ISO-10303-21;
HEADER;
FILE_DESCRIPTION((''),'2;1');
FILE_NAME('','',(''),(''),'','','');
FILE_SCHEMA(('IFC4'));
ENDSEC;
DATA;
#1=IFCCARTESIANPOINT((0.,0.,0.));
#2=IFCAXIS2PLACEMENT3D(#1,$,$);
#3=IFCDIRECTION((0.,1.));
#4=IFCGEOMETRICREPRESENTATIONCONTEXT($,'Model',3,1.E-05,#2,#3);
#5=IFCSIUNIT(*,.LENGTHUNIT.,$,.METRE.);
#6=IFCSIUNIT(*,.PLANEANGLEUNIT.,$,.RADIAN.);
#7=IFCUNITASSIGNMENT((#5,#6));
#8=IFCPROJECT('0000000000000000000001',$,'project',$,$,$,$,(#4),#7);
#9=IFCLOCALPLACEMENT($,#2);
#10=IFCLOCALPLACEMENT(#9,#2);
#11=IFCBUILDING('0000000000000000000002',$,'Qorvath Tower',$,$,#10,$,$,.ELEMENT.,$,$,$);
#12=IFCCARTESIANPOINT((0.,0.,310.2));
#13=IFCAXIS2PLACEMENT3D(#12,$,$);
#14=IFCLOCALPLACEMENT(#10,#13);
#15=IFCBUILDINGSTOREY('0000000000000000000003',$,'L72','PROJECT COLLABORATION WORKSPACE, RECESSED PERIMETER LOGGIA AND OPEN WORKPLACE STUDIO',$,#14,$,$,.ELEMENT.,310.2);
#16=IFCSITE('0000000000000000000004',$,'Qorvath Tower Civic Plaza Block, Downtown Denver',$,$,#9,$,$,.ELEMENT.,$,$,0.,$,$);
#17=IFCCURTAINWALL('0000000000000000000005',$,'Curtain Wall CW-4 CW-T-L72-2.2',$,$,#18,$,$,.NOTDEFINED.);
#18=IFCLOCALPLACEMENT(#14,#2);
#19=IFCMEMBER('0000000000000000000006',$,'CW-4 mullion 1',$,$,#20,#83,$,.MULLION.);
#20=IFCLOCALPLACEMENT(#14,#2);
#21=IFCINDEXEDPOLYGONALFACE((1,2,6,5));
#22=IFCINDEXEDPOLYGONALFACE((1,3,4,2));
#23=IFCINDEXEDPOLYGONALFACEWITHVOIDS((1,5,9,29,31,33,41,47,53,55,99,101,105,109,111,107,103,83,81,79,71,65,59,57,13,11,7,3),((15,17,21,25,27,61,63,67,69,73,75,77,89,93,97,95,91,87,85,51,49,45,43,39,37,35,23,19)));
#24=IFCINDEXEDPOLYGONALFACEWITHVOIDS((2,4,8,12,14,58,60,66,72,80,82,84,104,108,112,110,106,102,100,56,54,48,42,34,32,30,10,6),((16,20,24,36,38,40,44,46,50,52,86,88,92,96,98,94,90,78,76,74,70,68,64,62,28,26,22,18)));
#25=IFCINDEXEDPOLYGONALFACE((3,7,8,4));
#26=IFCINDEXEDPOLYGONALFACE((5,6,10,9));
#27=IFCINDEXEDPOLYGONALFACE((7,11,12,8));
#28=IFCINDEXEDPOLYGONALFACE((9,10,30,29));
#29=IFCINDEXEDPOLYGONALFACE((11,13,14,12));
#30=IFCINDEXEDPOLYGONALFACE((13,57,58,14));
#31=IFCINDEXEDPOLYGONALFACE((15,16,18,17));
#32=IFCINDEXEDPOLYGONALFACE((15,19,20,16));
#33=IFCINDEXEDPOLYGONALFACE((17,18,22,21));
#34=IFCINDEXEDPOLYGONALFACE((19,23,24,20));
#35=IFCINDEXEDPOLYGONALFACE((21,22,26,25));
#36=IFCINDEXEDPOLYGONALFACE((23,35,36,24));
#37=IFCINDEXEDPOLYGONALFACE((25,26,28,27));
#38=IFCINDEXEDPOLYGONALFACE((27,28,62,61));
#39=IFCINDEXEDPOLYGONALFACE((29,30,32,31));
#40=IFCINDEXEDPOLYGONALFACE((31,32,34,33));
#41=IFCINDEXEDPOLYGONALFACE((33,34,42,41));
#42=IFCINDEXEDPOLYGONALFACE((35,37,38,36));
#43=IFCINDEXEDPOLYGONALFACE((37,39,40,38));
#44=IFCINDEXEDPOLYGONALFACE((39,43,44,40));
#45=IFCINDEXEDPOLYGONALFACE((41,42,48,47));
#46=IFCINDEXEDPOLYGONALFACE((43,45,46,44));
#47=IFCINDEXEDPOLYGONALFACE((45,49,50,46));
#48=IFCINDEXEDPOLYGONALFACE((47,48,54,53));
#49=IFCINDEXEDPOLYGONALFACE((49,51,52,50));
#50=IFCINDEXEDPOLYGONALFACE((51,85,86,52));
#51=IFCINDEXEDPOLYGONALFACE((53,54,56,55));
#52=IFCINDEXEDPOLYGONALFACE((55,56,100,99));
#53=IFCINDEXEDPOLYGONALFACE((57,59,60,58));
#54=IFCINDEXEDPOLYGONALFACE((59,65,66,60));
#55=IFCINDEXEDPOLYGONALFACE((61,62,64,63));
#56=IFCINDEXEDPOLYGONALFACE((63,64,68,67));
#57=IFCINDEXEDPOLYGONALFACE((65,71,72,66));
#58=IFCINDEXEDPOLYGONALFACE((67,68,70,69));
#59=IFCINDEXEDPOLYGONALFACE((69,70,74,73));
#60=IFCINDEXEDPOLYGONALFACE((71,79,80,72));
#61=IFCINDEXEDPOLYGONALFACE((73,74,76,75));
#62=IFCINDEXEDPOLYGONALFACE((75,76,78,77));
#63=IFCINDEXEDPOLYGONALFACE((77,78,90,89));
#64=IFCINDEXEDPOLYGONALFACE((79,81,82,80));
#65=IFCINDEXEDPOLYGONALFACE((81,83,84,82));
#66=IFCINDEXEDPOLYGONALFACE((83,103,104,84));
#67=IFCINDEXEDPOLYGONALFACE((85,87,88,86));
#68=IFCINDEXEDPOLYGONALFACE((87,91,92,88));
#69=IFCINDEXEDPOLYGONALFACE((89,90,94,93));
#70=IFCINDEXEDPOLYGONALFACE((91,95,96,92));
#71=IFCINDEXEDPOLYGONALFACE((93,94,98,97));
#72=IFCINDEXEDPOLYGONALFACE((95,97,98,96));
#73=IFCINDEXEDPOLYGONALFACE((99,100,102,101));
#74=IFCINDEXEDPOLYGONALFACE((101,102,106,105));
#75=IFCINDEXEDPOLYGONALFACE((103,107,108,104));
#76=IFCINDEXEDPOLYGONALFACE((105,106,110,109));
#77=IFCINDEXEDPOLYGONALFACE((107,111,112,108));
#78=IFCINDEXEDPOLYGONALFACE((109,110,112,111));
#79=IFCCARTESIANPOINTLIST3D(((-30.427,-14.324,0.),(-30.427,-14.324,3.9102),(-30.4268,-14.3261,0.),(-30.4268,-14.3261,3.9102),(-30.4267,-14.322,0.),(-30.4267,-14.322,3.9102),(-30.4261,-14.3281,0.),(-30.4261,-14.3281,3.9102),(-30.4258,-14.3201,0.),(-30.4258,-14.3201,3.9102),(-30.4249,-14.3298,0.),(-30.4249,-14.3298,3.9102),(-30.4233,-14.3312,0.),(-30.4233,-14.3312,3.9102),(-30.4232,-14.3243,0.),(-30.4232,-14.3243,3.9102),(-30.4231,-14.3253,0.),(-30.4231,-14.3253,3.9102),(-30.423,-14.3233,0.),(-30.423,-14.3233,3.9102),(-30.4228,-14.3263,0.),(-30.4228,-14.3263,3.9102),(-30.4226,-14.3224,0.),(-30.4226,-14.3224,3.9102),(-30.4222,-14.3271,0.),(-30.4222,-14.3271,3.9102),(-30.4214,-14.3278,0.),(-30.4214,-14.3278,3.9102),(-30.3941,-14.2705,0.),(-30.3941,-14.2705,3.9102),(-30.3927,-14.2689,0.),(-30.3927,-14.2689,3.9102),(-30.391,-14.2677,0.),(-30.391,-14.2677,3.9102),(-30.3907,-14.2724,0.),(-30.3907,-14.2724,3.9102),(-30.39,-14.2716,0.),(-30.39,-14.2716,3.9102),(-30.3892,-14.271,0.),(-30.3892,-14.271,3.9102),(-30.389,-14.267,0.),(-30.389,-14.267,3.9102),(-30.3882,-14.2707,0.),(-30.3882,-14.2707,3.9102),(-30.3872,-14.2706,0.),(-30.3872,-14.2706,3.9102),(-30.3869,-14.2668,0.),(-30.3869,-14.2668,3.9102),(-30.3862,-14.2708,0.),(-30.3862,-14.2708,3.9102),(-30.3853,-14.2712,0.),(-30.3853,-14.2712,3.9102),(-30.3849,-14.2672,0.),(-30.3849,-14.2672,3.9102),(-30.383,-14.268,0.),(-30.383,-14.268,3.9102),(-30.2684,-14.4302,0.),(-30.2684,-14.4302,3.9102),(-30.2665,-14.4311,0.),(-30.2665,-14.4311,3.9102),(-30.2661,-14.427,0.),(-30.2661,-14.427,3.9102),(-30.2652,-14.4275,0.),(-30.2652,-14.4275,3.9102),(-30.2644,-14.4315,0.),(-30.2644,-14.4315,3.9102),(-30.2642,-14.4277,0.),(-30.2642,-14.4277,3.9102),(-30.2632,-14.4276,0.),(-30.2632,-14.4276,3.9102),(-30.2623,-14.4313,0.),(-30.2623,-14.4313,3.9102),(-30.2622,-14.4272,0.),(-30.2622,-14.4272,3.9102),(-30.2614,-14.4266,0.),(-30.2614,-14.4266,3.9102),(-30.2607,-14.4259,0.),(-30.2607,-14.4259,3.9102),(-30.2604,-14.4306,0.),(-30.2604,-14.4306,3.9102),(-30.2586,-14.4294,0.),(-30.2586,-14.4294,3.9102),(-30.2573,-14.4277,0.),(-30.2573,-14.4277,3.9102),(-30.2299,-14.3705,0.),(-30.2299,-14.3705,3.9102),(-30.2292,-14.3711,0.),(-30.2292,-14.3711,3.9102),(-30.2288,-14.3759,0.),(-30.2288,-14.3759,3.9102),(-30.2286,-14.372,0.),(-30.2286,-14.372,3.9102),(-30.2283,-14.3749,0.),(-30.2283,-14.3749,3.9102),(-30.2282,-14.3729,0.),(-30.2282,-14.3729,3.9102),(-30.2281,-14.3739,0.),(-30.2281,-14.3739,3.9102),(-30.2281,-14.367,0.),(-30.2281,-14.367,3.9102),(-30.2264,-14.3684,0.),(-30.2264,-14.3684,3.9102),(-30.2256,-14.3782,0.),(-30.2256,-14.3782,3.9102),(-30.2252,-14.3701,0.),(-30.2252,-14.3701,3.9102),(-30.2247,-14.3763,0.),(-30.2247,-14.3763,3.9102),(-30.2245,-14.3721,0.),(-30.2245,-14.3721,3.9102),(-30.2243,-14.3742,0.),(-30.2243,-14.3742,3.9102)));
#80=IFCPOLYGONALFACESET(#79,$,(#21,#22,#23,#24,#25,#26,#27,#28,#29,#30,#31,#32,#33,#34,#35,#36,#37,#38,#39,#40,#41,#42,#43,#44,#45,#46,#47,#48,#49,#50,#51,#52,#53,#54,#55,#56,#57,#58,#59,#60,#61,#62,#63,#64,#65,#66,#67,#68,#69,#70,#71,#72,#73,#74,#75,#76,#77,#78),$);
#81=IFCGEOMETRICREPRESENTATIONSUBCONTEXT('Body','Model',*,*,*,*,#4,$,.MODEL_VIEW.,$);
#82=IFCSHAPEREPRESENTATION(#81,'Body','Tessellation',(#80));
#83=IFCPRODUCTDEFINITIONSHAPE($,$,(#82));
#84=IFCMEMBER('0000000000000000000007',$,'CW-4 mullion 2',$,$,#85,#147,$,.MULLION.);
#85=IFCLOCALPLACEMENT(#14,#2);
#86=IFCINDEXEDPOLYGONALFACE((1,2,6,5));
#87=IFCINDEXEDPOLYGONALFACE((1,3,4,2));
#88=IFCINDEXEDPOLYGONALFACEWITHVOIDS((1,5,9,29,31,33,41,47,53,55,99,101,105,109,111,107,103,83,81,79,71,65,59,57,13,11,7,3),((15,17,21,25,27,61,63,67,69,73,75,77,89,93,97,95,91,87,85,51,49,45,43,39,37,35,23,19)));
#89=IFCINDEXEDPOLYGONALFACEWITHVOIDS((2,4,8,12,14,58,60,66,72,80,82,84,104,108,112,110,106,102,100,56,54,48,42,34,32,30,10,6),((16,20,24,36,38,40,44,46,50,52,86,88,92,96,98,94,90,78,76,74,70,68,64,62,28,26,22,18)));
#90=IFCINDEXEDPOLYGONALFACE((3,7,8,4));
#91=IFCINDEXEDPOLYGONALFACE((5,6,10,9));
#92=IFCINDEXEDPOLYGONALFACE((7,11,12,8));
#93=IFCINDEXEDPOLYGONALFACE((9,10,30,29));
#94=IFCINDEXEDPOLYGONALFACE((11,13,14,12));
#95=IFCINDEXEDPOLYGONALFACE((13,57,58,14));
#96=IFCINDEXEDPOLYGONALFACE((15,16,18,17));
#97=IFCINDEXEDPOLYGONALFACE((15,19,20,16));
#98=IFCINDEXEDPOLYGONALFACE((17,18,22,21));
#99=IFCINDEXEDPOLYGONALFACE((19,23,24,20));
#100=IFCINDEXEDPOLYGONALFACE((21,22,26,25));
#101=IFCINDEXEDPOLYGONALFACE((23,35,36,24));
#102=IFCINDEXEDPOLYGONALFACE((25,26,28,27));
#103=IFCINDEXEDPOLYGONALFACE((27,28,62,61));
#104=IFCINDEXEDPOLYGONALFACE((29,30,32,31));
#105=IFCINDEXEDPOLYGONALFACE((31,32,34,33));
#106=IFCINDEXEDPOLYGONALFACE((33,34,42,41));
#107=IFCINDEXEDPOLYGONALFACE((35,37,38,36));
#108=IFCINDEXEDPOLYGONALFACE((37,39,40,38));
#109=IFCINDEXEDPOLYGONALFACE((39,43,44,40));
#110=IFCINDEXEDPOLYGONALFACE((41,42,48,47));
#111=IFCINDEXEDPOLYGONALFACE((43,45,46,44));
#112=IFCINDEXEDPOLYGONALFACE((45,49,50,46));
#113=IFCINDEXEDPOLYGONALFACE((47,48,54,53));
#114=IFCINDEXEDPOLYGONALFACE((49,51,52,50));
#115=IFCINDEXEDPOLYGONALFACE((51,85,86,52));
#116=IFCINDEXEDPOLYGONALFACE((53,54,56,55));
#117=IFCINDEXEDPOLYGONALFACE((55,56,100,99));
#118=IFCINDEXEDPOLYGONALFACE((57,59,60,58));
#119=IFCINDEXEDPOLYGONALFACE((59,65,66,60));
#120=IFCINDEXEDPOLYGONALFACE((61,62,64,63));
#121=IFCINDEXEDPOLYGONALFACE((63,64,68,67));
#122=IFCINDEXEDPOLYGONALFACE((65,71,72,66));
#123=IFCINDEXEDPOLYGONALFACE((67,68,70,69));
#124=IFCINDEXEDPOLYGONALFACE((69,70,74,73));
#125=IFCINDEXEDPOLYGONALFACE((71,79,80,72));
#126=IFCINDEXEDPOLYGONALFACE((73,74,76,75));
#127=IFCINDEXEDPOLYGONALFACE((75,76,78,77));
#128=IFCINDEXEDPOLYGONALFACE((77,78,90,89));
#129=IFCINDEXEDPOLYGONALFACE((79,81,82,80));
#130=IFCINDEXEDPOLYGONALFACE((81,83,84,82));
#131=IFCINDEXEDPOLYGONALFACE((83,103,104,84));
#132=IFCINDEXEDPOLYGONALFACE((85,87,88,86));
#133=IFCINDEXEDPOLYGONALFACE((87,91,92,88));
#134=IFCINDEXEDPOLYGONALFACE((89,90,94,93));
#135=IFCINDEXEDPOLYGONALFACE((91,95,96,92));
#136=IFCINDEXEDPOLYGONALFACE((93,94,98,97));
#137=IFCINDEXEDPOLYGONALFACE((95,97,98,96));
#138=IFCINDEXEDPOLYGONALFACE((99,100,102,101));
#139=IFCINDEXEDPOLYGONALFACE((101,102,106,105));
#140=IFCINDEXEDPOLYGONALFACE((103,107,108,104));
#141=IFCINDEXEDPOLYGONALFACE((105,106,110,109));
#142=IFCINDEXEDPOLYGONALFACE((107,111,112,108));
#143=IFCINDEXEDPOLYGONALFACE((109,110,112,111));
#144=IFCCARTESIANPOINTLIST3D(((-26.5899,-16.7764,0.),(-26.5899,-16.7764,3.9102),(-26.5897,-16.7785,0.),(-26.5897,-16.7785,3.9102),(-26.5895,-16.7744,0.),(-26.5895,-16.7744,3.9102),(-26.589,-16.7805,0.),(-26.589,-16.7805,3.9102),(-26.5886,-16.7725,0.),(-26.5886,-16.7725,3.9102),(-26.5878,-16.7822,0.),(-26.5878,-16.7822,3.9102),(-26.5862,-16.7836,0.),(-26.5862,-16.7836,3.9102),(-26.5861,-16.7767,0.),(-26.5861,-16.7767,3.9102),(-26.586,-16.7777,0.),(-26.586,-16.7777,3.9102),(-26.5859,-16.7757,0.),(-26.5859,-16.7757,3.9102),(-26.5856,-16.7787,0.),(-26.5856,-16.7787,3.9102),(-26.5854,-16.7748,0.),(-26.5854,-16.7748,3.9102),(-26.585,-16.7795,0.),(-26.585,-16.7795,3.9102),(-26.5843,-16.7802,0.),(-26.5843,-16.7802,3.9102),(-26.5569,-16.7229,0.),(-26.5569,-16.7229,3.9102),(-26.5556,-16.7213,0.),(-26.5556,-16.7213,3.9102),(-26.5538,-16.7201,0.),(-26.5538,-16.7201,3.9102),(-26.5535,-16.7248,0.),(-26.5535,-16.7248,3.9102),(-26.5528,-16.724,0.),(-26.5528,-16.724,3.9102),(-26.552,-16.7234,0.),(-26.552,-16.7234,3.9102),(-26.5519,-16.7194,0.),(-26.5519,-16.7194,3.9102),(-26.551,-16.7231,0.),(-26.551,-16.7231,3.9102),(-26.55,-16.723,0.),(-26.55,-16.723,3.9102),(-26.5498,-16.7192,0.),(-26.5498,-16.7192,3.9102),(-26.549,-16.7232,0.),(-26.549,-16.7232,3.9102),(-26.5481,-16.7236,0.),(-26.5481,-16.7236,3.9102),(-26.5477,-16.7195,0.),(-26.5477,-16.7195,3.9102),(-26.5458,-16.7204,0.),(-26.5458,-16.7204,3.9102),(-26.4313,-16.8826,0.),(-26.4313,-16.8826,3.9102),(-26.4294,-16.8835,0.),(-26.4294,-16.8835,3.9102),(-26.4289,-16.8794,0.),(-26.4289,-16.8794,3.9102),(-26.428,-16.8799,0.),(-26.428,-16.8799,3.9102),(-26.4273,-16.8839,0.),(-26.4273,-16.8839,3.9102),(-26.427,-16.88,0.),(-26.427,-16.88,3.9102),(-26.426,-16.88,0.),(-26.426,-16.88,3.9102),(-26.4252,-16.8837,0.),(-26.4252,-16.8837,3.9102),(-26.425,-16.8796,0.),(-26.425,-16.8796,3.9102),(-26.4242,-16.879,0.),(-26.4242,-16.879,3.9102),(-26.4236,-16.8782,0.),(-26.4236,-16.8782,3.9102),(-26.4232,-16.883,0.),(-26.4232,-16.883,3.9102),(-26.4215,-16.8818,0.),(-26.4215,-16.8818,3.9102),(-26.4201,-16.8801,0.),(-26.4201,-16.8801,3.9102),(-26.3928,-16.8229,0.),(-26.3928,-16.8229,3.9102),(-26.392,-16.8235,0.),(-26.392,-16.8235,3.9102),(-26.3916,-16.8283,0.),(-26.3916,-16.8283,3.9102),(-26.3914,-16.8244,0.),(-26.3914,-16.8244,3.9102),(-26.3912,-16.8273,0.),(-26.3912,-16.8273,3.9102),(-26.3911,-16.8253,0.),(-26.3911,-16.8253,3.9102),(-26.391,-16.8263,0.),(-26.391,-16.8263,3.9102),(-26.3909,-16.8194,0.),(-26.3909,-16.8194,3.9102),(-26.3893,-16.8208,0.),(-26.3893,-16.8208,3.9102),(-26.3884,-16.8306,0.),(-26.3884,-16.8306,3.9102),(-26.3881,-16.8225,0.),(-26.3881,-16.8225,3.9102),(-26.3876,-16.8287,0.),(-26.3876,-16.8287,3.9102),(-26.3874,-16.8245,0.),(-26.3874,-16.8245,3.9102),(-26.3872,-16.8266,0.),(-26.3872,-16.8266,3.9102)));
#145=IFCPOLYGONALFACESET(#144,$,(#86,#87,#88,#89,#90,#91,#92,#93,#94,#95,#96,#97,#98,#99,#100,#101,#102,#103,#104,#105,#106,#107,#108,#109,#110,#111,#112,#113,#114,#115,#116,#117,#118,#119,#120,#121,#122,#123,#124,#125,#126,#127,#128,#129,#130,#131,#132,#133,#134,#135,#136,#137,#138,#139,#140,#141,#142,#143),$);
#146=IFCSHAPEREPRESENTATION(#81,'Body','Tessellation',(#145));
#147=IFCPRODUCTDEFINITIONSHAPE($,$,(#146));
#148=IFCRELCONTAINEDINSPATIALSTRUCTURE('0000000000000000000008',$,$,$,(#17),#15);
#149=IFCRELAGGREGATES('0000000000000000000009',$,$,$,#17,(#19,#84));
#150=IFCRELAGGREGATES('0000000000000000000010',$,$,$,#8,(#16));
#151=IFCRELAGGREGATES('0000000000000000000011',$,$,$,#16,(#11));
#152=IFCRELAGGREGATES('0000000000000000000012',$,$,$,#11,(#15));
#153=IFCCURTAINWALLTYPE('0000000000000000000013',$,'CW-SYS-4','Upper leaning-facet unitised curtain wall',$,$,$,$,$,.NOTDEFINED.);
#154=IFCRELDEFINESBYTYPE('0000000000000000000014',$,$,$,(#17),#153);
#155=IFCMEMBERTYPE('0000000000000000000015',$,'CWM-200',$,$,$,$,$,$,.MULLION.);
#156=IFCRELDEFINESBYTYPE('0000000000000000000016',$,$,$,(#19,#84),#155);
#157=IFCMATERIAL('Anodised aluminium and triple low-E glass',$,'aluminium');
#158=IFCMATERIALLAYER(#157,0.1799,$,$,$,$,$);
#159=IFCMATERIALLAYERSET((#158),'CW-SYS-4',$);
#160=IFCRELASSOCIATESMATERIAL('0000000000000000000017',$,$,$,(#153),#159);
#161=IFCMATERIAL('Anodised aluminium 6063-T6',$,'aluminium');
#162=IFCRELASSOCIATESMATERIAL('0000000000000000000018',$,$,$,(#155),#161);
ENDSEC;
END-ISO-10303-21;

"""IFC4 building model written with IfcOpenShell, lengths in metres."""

from ifc_helpers import new_model, si_unit, direction, frame, origin, origin_2d, place, context, subcontext, project, spatial, hollow_rectangle, extrude, material, layer, layer_set, material_profile, profile_set, type_object, element, aggregate, save


model = new_model("IFC4")

# Units and contexts
model_context = context("Model", 3, precision=1e-05, world=origin(), true_north=direction((0.0, 1.0)))
body_context = subcontext(model_context, "Body", "Model", "MODEL_VIEW")
ifc_project = project(units=[si_unit("LENGTHUNIT", "METRE"), si_unit("PLANEANGLEUNIT", "RADIAN")], contexts=[model_context])

# Site, building, storey
site_placement = place(None, origin())
site = spatial("IfcSite", under=ifc_project, at=site_placement, Name="Qorvath Tower Civic Plaza Block, Downtown Denver", CompositionType="ELEMENT", RefElevation=0.0)
building_placement = place(site_placement, origin())
building = spatial("IfcBuilding", under=site, at=building_placement, Name="Qorvath Tower", CompositionType="ELEMENT")
storey_placement = place(building_placement, frame((0.0, 0.0, 310.2)))
storey = spatial("IfcBuildingStorey", under=building, at=storey_placement, Name="L72", Description="PROJECT COLLABORATION WORKSPACE, RECESSED PERIMETER LOGGIA AND OPEN WORKPLACE STUDIO", CompositionType="ELEMENT", Elevation=310.2)

# Curtain wall, members
ifc_material_1 = material(Name="Anodised aluminium and triple low-E glass", Category="aluminium")
ifc_layer_1 = layer(ifc_material_1, 0.1799)
ifc_layer_set_1 = layer_set([ifc_layer_1], Name="CW-SYS-4")
curtain_wall_type = type_object("IfcCurtainWallType", Name="CW-SYS-4", Description="Upper leaning-facet unitised curtain wall", PredefinedType="NOTDEFINED", material=ifc_layer_set_1)
curtain_wall_placement = place(storey_placement, origin())
curtain_wall = element("IfcCurtainWall", 1, at=curtain_wall_placement, inside=storey, type_object=curtain_wall_type, Name="Curtain Wall CW-4 CW-T-L72-2.2", PredefinedType="NOTDEFINED")
ifc_material_2 = material(Name="Anodised aluminium 6063-T6", Category="aluminium")
ifc_material_profile_1 = material_profile(ifc_material_2, hollow_rectangle(XDim=0.075, YDim=0.2, WallThickness=0.0039, InnerFilletRadius=0.0039, OuterFilletRadius=0.0081, at=origin_2d()), Name="CWM 200x75")
ifc_profile_set_1 = profile_set([ifc_material_profile_1], Name="Anodised aluminium 6063-T6")
member_type_1 = type_object("IfcMemberType", Name="CWM-200", PredefinedType="MULLION", material=ifc_profile_set_1)
member_1_placement = place(storey_placement, frame((-30.3257, -14.3491, 0.0), z_axis=(0.0, 0.0, 1.0), x_axis=(0.538531, 0.842605, 0.0)))
member_1 = element("IfcMember", 2, at=member_1_placement, type_object=member_type_1, Name="CW-4 mullion 1", PredefinedType="MULLION", context=body_context, shape_type="SweptSolid", body=[
    extrude(hollow_rectangle(XDim=0.075, YDim=0.2, WallThickness=0.0039, InnerFilletRadius=0.0039, OuterFilletRadius=0.0081, at=origin_2d()), origin(), (0.0, 0.0, 1.0), 3.9102),
])
member_2_placement = place(storey_placement, frame((-26.4885, -16.8015, 0.0), z_axis=(0.0, 0.0, 1.0), x_axis=(0.538531, 0.842605, 0.0)))
member_2 = element("IfcMember", 3, at=member_2_placement, type_object=member_type_1, Name="CW-4 mullion 2", PredefinedType="MULLION", context=body_context, shape_type="SweptSolid", body=[
    extrude(hollow_rectangle(XDim=0.075, YDim=0.2, WallThickness=0.0039, InnerFilletRadius=0.0039, OuterFilletRadius=0.0081, at=origin_2d()), origin(), (0.0, 0.0, 1.0), 3.9102),
])
aggregate(curtain_wall, [member_1, member_2])

save(model, "model.ifc")
